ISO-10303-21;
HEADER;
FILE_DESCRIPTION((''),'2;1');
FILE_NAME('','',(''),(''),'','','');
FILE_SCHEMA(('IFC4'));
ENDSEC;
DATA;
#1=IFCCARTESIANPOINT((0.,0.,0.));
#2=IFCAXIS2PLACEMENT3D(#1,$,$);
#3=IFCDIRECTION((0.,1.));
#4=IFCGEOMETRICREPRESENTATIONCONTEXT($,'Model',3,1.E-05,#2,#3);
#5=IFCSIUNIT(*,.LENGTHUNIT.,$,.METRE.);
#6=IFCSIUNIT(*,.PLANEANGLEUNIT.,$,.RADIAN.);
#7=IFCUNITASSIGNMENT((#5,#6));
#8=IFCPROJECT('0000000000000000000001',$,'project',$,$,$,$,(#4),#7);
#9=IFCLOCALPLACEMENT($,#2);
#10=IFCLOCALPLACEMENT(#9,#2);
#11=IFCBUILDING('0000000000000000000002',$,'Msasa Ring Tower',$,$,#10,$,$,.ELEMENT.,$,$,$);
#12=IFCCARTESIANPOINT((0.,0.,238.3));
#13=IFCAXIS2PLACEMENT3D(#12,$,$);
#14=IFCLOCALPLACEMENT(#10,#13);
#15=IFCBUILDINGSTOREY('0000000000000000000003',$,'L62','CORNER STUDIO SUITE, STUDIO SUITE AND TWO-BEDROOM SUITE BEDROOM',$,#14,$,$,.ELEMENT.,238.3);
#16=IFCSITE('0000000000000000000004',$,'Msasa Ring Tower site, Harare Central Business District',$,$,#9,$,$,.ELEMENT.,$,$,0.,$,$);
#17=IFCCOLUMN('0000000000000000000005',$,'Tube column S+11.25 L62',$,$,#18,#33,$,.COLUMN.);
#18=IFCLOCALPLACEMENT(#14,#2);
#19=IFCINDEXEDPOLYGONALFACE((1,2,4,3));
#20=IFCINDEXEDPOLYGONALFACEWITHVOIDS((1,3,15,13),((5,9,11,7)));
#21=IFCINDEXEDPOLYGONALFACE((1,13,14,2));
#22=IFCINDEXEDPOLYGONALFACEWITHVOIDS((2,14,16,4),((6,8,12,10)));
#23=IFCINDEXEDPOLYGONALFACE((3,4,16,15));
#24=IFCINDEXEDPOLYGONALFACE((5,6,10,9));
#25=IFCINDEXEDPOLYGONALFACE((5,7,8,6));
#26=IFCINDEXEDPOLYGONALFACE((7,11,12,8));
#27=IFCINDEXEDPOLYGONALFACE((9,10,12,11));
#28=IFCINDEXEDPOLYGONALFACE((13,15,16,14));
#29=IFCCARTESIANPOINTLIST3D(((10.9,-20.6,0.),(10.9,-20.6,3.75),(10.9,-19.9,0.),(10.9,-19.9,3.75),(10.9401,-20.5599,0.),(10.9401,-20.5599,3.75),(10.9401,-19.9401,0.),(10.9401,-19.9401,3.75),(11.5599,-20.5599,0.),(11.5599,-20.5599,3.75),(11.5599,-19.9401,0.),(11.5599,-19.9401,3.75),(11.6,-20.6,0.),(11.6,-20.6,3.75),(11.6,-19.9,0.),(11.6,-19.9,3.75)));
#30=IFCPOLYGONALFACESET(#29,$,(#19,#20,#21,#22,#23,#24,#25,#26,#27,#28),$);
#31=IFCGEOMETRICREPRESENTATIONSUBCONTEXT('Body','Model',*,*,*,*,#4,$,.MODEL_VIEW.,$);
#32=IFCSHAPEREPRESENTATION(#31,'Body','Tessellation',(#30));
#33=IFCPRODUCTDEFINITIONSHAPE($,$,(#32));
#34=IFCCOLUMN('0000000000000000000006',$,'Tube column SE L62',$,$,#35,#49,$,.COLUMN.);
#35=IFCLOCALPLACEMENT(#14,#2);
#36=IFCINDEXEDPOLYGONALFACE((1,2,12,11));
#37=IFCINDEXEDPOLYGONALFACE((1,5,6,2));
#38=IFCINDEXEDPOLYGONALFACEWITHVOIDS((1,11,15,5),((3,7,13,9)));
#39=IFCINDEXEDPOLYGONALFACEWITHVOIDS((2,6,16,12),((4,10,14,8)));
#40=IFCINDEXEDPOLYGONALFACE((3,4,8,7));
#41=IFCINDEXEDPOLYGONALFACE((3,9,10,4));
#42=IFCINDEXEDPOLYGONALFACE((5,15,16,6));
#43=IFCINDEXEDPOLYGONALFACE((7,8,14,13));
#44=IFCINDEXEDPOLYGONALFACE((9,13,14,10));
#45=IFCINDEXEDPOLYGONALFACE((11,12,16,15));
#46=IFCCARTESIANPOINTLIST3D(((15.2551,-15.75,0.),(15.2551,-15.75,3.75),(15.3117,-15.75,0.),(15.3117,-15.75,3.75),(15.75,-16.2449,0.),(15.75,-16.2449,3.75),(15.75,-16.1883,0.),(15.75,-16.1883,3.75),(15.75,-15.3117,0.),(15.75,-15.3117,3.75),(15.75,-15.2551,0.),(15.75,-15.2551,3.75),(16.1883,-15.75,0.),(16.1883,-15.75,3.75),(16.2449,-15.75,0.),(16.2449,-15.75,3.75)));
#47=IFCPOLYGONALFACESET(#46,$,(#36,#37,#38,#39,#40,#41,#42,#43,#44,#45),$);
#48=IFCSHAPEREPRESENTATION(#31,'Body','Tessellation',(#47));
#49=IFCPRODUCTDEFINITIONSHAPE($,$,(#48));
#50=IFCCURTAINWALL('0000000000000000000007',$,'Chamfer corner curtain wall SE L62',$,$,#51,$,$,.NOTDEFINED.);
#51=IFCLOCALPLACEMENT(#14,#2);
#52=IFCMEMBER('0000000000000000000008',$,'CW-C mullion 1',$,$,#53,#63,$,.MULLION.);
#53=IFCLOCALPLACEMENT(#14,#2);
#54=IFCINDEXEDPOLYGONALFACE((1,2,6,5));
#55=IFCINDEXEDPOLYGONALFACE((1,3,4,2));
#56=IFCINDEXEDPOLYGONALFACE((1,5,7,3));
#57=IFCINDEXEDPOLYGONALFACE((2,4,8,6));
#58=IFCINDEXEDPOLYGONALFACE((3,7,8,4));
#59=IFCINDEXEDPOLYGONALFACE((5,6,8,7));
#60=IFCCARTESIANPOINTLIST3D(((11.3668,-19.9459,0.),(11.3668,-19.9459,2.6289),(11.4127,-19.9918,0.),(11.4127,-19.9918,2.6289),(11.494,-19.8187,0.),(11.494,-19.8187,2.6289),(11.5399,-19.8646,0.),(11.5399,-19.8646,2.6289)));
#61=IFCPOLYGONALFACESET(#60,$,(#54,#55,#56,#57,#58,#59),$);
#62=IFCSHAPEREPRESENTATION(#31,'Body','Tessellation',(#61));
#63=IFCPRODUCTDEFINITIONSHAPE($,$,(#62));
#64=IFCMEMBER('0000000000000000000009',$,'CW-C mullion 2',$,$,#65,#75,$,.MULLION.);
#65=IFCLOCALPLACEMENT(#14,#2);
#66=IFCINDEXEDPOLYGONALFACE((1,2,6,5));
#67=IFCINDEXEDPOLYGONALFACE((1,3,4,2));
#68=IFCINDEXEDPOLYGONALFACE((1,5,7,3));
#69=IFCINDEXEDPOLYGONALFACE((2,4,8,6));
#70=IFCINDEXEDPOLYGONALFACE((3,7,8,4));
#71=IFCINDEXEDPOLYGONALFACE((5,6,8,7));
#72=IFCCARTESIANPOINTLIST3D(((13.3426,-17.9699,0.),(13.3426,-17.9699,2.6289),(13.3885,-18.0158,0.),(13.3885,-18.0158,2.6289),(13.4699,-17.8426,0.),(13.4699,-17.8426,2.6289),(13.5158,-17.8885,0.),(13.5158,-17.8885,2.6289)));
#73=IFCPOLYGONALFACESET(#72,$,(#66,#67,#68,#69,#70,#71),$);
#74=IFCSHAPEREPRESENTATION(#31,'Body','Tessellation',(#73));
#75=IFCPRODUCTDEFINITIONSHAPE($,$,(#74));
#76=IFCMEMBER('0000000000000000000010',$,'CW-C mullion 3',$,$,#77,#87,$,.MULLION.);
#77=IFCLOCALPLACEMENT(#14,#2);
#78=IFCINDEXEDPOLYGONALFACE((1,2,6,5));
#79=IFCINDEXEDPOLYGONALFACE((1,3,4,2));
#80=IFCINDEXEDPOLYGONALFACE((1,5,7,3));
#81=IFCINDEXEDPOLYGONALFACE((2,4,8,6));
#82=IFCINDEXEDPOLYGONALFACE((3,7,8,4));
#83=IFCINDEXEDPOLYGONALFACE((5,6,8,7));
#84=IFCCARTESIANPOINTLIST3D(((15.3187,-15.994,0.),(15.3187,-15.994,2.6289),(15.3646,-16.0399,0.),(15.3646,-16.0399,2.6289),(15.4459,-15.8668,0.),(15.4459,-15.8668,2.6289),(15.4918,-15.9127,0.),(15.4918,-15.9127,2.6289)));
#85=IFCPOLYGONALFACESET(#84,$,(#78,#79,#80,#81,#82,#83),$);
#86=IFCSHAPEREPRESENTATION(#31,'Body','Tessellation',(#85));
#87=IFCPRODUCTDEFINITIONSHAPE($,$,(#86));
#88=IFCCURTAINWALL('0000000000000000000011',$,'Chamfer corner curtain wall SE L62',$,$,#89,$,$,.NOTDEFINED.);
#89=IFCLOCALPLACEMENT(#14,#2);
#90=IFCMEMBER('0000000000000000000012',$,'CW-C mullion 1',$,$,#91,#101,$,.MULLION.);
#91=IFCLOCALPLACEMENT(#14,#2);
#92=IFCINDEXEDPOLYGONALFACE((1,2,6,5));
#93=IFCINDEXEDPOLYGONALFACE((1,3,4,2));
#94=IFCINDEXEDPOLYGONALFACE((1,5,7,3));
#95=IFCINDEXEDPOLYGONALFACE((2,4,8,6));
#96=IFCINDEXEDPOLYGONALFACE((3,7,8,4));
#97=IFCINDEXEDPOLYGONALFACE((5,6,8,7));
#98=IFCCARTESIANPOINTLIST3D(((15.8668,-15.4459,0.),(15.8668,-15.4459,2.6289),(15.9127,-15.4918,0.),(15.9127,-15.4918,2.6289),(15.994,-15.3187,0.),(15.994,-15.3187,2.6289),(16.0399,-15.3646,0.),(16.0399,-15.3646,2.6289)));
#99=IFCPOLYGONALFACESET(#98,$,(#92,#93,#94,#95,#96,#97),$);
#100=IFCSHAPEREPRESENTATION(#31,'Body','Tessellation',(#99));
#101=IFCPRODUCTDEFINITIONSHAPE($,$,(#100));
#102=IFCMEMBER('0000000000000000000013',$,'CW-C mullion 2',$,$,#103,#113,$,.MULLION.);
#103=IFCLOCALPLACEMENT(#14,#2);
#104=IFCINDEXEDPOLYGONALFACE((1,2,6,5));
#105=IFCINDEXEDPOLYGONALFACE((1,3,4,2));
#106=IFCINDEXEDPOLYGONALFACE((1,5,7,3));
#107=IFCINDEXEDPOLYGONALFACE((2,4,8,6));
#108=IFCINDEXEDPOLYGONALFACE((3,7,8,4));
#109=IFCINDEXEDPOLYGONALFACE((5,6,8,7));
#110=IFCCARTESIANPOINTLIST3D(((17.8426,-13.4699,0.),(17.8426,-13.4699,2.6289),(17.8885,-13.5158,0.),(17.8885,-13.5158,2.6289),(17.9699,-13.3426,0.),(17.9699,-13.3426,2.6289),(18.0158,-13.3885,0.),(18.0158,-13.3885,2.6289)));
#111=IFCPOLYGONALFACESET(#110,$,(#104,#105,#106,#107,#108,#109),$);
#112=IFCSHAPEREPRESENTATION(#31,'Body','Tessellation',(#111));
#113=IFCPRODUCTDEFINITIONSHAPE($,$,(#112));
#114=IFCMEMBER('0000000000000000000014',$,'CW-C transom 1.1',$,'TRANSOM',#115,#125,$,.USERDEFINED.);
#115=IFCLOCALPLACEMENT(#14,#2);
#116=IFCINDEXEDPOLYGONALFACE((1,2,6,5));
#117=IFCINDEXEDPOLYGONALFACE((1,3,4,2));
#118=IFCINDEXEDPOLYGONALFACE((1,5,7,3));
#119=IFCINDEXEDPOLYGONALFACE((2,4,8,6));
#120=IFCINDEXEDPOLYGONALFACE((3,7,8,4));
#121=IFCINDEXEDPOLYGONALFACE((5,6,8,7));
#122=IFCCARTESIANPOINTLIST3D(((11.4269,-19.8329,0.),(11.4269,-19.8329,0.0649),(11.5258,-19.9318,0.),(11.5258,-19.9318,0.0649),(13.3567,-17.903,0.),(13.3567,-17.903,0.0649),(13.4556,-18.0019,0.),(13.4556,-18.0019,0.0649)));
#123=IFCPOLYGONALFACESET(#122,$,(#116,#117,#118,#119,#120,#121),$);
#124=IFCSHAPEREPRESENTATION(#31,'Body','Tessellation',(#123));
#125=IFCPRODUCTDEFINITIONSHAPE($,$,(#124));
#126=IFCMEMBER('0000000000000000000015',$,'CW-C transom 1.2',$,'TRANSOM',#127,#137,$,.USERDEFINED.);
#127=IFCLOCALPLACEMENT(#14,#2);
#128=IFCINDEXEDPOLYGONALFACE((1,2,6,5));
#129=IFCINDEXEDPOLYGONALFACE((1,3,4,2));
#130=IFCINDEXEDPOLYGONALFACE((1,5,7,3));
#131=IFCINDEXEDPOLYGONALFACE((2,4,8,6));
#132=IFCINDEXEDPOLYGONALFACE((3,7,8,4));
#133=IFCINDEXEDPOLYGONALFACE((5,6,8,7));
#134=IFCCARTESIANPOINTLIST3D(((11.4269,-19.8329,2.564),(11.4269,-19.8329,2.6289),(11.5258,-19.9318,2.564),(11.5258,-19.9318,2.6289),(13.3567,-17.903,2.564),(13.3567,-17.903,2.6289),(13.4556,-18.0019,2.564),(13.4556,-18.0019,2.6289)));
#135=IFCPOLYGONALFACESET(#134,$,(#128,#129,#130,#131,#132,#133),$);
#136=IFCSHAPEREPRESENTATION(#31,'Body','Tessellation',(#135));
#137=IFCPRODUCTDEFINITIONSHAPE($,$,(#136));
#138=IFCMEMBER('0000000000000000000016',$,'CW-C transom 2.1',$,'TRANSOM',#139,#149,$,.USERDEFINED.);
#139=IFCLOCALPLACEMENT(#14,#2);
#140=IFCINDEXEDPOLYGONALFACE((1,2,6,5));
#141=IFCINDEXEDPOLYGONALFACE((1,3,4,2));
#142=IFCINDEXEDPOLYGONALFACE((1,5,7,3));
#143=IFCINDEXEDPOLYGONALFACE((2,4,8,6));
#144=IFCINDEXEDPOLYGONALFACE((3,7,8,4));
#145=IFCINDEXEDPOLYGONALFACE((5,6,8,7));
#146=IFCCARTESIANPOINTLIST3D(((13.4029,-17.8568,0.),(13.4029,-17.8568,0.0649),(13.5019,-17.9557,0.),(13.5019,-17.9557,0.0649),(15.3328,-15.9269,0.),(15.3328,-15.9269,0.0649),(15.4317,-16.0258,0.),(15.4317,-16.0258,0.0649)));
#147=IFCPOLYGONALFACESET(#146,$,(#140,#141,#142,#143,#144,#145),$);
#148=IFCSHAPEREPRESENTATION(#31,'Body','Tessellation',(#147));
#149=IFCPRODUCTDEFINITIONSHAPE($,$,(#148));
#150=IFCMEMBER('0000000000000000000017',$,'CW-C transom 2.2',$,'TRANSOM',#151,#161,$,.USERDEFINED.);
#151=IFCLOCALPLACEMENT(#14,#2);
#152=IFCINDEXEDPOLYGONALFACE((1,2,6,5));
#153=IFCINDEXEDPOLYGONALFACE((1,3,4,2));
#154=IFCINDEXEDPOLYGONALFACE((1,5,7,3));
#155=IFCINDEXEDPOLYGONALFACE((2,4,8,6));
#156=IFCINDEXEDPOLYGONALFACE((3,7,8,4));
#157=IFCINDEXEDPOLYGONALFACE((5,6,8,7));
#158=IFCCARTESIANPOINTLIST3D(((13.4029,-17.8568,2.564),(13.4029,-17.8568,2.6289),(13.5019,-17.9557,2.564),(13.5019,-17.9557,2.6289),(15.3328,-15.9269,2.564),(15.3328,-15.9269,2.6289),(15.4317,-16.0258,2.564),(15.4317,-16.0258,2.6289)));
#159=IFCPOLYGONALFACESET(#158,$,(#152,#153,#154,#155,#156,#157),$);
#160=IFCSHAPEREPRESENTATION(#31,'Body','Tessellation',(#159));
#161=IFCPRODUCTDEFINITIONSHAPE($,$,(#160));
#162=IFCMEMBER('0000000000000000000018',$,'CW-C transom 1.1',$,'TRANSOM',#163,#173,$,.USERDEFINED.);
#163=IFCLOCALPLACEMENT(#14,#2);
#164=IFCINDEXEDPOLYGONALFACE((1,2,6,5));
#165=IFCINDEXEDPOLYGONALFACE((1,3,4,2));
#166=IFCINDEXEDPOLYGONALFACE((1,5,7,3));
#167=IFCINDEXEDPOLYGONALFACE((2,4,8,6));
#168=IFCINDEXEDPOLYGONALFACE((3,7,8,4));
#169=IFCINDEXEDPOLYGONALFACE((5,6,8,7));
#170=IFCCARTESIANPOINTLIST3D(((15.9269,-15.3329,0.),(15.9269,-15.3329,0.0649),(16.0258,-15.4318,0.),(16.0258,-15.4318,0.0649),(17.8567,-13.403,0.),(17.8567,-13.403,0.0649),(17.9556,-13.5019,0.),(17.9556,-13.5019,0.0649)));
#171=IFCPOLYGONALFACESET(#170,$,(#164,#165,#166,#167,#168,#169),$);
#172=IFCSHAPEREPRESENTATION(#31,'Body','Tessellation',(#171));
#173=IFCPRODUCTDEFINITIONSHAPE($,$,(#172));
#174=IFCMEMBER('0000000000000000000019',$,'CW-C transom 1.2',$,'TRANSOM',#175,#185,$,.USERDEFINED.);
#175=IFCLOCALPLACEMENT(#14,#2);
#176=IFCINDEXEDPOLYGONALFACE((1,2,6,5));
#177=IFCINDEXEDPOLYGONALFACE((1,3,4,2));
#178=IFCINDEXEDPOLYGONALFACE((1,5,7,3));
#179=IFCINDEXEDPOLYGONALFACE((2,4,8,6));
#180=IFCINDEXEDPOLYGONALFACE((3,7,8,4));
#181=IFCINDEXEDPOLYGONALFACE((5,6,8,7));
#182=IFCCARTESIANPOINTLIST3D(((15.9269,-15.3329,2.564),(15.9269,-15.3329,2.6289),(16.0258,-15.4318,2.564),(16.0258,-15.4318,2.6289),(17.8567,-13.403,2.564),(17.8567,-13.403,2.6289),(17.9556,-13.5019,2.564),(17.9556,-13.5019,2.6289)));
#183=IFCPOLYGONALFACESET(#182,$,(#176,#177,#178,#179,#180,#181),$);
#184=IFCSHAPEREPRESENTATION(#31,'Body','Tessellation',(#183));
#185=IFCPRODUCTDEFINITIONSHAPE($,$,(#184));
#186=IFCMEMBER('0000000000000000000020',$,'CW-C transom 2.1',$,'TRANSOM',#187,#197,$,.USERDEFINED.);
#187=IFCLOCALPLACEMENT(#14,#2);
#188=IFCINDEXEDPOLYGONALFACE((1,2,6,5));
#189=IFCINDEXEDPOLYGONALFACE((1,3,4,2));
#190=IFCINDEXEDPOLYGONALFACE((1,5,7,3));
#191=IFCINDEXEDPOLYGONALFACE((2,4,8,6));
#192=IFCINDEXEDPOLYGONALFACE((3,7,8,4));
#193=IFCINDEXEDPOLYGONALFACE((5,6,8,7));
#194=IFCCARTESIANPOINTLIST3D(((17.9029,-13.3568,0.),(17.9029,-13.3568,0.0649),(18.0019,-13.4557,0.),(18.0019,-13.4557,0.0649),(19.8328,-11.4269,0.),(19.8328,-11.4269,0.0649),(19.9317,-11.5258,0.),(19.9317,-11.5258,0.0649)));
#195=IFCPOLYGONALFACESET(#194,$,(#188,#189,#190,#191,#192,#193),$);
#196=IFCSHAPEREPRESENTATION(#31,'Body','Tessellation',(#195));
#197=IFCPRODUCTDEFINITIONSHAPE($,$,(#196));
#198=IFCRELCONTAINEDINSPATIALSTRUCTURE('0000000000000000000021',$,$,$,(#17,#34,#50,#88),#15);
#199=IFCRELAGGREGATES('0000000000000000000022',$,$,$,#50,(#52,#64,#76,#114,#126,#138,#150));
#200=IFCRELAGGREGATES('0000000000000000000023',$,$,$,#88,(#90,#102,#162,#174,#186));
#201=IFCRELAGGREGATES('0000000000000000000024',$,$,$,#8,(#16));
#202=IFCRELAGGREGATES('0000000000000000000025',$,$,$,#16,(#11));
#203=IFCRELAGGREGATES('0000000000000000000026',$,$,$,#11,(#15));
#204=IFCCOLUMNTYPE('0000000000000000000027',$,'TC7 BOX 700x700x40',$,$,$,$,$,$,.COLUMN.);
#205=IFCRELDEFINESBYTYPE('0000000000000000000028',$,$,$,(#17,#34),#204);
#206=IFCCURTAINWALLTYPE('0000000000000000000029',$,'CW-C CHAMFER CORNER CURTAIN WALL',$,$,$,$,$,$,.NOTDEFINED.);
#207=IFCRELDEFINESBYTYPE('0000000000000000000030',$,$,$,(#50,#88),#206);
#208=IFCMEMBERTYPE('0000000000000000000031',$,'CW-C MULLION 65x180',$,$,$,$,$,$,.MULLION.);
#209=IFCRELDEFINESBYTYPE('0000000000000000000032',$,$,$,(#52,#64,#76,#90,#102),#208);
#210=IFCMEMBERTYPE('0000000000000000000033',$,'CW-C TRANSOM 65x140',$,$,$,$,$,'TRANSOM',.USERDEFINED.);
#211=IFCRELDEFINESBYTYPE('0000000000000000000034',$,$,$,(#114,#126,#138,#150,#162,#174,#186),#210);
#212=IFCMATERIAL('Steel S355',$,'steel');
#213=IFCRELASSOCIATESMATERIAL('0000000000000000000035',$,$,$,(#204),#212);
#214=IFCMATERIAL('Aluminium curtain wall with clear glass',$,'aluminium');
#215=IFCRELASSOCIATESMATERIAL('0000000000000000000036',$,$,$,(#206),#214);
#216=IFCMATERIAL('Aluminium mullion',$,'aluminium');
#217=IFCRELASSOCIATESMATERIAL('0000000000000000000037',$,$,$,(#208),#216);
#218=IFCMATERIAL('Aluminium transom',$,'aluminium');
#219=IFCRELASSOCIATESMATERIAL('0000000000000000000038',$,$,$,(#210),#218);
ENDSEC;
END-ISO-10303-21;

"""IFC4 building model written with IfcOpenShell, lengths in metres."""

from ifc_helpers import new_model, si_unit, direction, frame, origin, origin_2d, place, context, subcontext, project, spatial, rectangle, hollow_rectangle, extrude, material, material_profile, profile_set, type_object, element, aggregate, save


model = new_model("IFC4")

# Units and contexts
model_context = context("Model", 3, precision=1e-05, world=origin(), true_north=direction((0.0, 1.0)))
body_context = subcontext(model_context, "Body", "Model", "MODEL_VIEW")
ifc_project = project(units=[si_unit("LENGTHUNIT", "METRE"), si_unit("PLANEANGLEUNIT", "RADIAN")], contexts=[model_context])

# Site, building, storey
site_placement = place(None, origin())
site = spatial("IfcSite", under=ifc_project, at=site_placement, Name="Msasa Ring Tower site, Harare Central Business District", CompositionType="ELEMENT", RefElevation=0.0)
building_placement = place(site_placement, origin())
building = spatial("IfcBuilding", under=site, at=building_placement, Name="Msasa Ring Tower", CompositionType="ELEMENT")
storey_placement = place(building_placement, frame((0.0, 0.0, 238.3)))
storey = spatial("IfcBuildingStorey", under=building, at=storey_placement, Name="L62", Description="CORNER STUDIO SUITE, STUDIO SUITE AND TWO-BEDROOM SUITE BEDROOM", CompositionType="ELEMENT", Elevation=238.3)

# Columns
ifc_material_1 = material(Name="Steel S355", Category="steel")
ifc_material_profile_1 = material_profile(ifc_material_1, hollow_rectangle(XDim=0.7, YDim=0.7, WallThickness=0.04, at=origin_2d()), Name="BOX 700x700x40")
ifc_profile_set_1 = profile_set([ifc_material_profile_1], Name="Steel S355")
column_type = type_object("IfcColumnType", Name="TC7 BOX 700x700x40", PredefinedType="COLUMN", material=ifc_profile_set_1)
for number, where, z_axis, x_axis, name in (
    (1, (11.25, -20.25, 0.0), (0.0, 0.0, 1.0), (0.0, 1.0, 0.0), "Tube column S+11.25 L62"),
    (2, (15.75, -15.75, 0.0), (0.0, 0.0, 1.0), (0.707107, -0.707107, 0.0), "Tube column SE L62"),
):
    element("IfcColumn", number, at=place(storey_placement, frame(where, z_axis=z_axis, x_axis=x_axis)), inside=storey, type_object=column_type, Name=name, PredefinedType="COLUMN", context=body_context, shape_type="SweptSolid", body=[
        extrude(hollow_rectangle(XDim=0.7, YDim=0.7, WallThickness=0.04, at=origin_2d()), origin(), (0.0, 0.0, 1.0), 3.75),
    ])

# Curtain walls, members
ifc_material_2 = material(Name="Aluminium curtain wall with clear glass", Category="aluminium")
curtain_wall_type = type_object("IfcCurtainWallType", Name="CW-C CHAMFER CORNER CURTAIN WALL", PredefinedType="NOTDEFINED", material=ifc_material_2)
curtain_wall_1_placement = place(storey_placement, origin())
curtain_wall_1 = element("IfcCurtainWall", 3, at=curtain_wall_1_placement, inside=storey, type_object=curtain_wall_type, Name="Chamfer corner curtain wall SE L62", PredefinedType="NOTDEFINED")
ifc_material_3 = material(Name="Aluminium mullion", Category="aluminium")
ifc_material_profile_2 = material_profile(ifc_material_3, rectangle(XDim=0.0649, YDim=0.1799, at=origin_2d()), Name="AL 65x180")
ifc_profile_set_2 = profile_set([ifc_material_profile_2], Name="Aluminium mullion")
member_type_1 = type_object("IfcMemberType", Name="CW-C MULLION 65x180", PredefinedType="MULLION", material=ifc_profile_set_2)
member_1_placement = place(storey_placement, frame((11.4534, -19.9053, 0.0), z_axis=(0.0, 0.0, 1.0), x_axis=(-0.707107, 0.707107, 0.0)))
member_1 = element("IfcMember", 4, at=member_1_placement, type_object=member_type_1, Name="CW-C mullion 1", PredefinedType="MULLION", context=body_context, shape_type="SweptSolid", body=[
    extrude(rectangle(XDim=0.0649, YDim=0.1799, at=origin_2d()), origin(), (0.0, 0.0, 1.0), 2.6289),
])
member_2_placement = place(storey_placement, frame((13.4292, -17.9292, 0.0), z_axis=(0.0, 0.0, 1.0), x_axis=(-0.707107, 0.707107, 0.0)))
member_2 = element("IfcMember", 5, at=member_2_placement, type_object=member_type_1, Name="CW-C mullion 2", PredefinedType="MULLION", context=body_context, shape_type="SweptSolid", body=[
    extrude(rectangle(XDim=0.0649, YDim=0.1799, at=origin_2d()), origin(), (0.0, 0.0, 1.0), 2.6289),
])
member_3_placement = place(storey_placement, frame((15.4053, -15.9534, 0.0), z_axis=(0.0, 0.0, 1.0), x_axis=(-0.707107, 0.707107, 0.0)))
member_3 = element("IfcMember", 6, at=member_3_placement, type_object=member_type_1, Name="CW-C mullion 3", PredefinedType="MULLION", context=body_context, shape_type="SweptSolid", body=[
    extrude(rectangle(XDim=0.0649, YDim=0.1799, at=origin_2d()), origin(), (0.0, 0.0, 1.0), 2.6289),
])
curtain_wall_2_placement = place(storey_placement, origin())
curtain_wall_2 = element("IfcCurtainWall", 7, at=curtain_wall_2_placement, inside=storey, type_object=curtain_wall_type, Name="Chamfer corner curtain wall SE L62", PredefinedType="NOTDEFINED")
member_4_placement = place(storey_placement, frame((15.9534, -15.4053, 0.0), z_axis=(0.0, 0.0, 1.0), x_axis=(-0.707107, 0.707107, 0.0)))
member_4 = element("IfcMember", 8, at=member_4_placement, type_object=member_type_1, Name="CW-C mullion 1", PredefinedType="MULLION", context=body_context, shape_type="SweptSolid", body=[
    extrude(rectangle(XDim=0.0649, YDim=0.1799, at=origin_2d()), origin(), (0.0, 0.0, 1.0), 2.6289),
])
member_5_placement = place(storey_placement, frame((17.9292, -13.4292, 0.0), z_axis=(0.0, 0.0, 1.0), x_axis=(-0.707107, 0.707107, 0.0)))
member_5 = element("IfcMember", 9, at=member_5_placement, type_object=member_type_1, Name="CW-C mullion 2", PredefinedType="MULLION", context=body_context, shape_type="SweptSolid", body=[
    extrude(rectangle(XDim=0.0649, YDim=0.1799, at=origin_2d()), origin(), (0.0, 0.0, 1.0), 2.6289),
])

# Members
ifc_material_4 = material(Name="Aluminium transom", Category="aluminium")
ifc_material_profile_3 = material_profile(ifc_material_4, rectangle(XDim=0.1399, YDim=0.0649, at=origin_2d()), Name="AL 65x140")
ifc_profile_set_3 = profile_set([ifc_material_profile_3], Name="Aluminium transom")
member_type_2 = type_object("IfcMemberType", Name="CW-C TRANSOM 65x140", ElementType="TRANSOM", PredefinedType="USERDEFINED", material=ifc_profile_set_3)
member_6_placement = place(storey_placement, frame((11.4763, -19.8823, 0.0325), z_axis=(0.707107, 0.707107, 0.0), x_axis=(-0.707107, 0.707107, 0.0)))
member_6 = element("IfcMember", 10, at=member_6_placement, type_object=member_type_2, Name="CW-C transom 1.1", ObjectType="TRANSOM", PredefinedType="USERDEFINED", context=body_context, shape_type="SweptSolid", body=[
    extrude(rectangle(XDim=0.1399, YDim=0.0649, at=origin_2d()), origin(), (0.0, 0.0, 1.0), 2.7292),
])
member_7_placement = place(storey_placement, frame((11.4763, -19.8823, 2.5964), z_axis=(0.707107, 0.707107, 0.0), x_axis=(-0.707107, 0.707107, 0.0)))
member_7 = element("IfcMember", 11, at=member_7_placement, type_object=member_type_2, Name="CW-C transom 1.2", ObjectType="TRANSOM", PredefinedType="USERDEFINED", context=body_context, shape_type="SweptSolid", body=[
    extrude(rectangle(XDim=0.1399, YDim=0.0649, at=origin_2d()), origin(), (0.0, 0.0, 1.0), 2.7292),
])
member_8_placement = place(storey_placement, frame((13.4524, -17.9062, 0.0325), z_axis=(0.707107, 0.707107, 0.0), x_axis=(-0.707107, 0.707107, 0.0)))
member_8 = element("IfcMember", 12, at=member_8_placement, type_object=member_type_2, Name="CW-C transom 2.1", ObjectType="TRANSOM", PredefinedType="USERDEFINED", context=body_context, shape_type="SweptSolid", body=[
    extrude(rectangle(XDim=0.1399, YDim=0.0649, at=origin_2d()), origin(), (0.0, 0.0, 1.0), 2.7292),
])
member_9_placement = place(storey_placement, frame((13.4524, -17.9062, 2.5964), z_axis=(0.707107, 0.707107, 0.0), x_axis=(-0.707107, 0.707107, 0.0)))
member_9 = element("IfcMember", 13, at=member_9_placement, type_object=member_type_2, Name="CW-C transom 2.2", ObjectType="TRANSOM", PredefinedType="USERDEFINED", context=body_context, shape_type="SweptSolid", body=[
    extrude(rectangle(XDim=0.1399, YDim=0.0649, at=origin_2d()), origin(), (0.0, 0.0, 1.0), 2.7292),
])
member_10_placement = place(storey_placement, frame((15.9763, -15.3823, 0.0325), z_axis=(0.707107, 0.707107, 0.0), x_axis=(-0.707107, 0.707107, 0.0)))
member_10 = element("IfcMember", 14, at=member_10_placement, type_object=member_type_2, Name="CW-C transom 1.1", ObjectType="TRANSOM", PredefinedType="USERDEFINED", context=body_context, shape_type="SweptSolid", body=[
    extrude(rectangle(XDim=0.1399, YDim=0.0649, at=origin_2d()), origin(), (0.0, 0.0, 1.0), 2.7292),
])
member_11_placement = place(storey_placement, frame((15.9763, -15.3823, 2.5964), z_axis=(0.707107, 0.707107, 0.0), x_axis=(-0.707107, 0.707107, 0.0)))
member_11 = element("IfcMember", 15, at=member_11_placement, type_object=member_type_2, Name="CW-C transom 1.2", ObjectType="TRANSOM", PredefinedType="USERDEFINED", context=body_context, shape_type="SweptSolid", body=[
    extrude(rectangle(XDim=0.1399, YDim=0.0649, at=origin_2d()), origin(), (0.0, 0.0, 1.0), 2.7292),
])
member_12_placement = place(storey_placement, frame((17.9524, -13.4062, 0.0325), z_axis=(0.707107, 0.707107, 0.0), x_axis=(-0.707107, 0.707107, 0.0)))
member_12 = element("IfcMember", 16, at=member_12_placement, type_object=member_type_2, Name="CW-C transom 2.1", ObjectType="TRANSOM", PredefinedType="USERDEFINED", context=body_context, shape_type="SweptSolid", body=[
    extrude(rectangle(XDim=0.1399, YDim=0.0649, at=origin_2d()), origin(), (0.0, 0.0, 1.0), 2.7292),
])

aggregate(curtain_wall_1, [member_1, member_2, member_3, member_6, member_7, member_8, member_9])
aggregate(curtain_wall_2, [member_4, member_5, member_10, member_11, member_12])

save(model, "model.ifc")
